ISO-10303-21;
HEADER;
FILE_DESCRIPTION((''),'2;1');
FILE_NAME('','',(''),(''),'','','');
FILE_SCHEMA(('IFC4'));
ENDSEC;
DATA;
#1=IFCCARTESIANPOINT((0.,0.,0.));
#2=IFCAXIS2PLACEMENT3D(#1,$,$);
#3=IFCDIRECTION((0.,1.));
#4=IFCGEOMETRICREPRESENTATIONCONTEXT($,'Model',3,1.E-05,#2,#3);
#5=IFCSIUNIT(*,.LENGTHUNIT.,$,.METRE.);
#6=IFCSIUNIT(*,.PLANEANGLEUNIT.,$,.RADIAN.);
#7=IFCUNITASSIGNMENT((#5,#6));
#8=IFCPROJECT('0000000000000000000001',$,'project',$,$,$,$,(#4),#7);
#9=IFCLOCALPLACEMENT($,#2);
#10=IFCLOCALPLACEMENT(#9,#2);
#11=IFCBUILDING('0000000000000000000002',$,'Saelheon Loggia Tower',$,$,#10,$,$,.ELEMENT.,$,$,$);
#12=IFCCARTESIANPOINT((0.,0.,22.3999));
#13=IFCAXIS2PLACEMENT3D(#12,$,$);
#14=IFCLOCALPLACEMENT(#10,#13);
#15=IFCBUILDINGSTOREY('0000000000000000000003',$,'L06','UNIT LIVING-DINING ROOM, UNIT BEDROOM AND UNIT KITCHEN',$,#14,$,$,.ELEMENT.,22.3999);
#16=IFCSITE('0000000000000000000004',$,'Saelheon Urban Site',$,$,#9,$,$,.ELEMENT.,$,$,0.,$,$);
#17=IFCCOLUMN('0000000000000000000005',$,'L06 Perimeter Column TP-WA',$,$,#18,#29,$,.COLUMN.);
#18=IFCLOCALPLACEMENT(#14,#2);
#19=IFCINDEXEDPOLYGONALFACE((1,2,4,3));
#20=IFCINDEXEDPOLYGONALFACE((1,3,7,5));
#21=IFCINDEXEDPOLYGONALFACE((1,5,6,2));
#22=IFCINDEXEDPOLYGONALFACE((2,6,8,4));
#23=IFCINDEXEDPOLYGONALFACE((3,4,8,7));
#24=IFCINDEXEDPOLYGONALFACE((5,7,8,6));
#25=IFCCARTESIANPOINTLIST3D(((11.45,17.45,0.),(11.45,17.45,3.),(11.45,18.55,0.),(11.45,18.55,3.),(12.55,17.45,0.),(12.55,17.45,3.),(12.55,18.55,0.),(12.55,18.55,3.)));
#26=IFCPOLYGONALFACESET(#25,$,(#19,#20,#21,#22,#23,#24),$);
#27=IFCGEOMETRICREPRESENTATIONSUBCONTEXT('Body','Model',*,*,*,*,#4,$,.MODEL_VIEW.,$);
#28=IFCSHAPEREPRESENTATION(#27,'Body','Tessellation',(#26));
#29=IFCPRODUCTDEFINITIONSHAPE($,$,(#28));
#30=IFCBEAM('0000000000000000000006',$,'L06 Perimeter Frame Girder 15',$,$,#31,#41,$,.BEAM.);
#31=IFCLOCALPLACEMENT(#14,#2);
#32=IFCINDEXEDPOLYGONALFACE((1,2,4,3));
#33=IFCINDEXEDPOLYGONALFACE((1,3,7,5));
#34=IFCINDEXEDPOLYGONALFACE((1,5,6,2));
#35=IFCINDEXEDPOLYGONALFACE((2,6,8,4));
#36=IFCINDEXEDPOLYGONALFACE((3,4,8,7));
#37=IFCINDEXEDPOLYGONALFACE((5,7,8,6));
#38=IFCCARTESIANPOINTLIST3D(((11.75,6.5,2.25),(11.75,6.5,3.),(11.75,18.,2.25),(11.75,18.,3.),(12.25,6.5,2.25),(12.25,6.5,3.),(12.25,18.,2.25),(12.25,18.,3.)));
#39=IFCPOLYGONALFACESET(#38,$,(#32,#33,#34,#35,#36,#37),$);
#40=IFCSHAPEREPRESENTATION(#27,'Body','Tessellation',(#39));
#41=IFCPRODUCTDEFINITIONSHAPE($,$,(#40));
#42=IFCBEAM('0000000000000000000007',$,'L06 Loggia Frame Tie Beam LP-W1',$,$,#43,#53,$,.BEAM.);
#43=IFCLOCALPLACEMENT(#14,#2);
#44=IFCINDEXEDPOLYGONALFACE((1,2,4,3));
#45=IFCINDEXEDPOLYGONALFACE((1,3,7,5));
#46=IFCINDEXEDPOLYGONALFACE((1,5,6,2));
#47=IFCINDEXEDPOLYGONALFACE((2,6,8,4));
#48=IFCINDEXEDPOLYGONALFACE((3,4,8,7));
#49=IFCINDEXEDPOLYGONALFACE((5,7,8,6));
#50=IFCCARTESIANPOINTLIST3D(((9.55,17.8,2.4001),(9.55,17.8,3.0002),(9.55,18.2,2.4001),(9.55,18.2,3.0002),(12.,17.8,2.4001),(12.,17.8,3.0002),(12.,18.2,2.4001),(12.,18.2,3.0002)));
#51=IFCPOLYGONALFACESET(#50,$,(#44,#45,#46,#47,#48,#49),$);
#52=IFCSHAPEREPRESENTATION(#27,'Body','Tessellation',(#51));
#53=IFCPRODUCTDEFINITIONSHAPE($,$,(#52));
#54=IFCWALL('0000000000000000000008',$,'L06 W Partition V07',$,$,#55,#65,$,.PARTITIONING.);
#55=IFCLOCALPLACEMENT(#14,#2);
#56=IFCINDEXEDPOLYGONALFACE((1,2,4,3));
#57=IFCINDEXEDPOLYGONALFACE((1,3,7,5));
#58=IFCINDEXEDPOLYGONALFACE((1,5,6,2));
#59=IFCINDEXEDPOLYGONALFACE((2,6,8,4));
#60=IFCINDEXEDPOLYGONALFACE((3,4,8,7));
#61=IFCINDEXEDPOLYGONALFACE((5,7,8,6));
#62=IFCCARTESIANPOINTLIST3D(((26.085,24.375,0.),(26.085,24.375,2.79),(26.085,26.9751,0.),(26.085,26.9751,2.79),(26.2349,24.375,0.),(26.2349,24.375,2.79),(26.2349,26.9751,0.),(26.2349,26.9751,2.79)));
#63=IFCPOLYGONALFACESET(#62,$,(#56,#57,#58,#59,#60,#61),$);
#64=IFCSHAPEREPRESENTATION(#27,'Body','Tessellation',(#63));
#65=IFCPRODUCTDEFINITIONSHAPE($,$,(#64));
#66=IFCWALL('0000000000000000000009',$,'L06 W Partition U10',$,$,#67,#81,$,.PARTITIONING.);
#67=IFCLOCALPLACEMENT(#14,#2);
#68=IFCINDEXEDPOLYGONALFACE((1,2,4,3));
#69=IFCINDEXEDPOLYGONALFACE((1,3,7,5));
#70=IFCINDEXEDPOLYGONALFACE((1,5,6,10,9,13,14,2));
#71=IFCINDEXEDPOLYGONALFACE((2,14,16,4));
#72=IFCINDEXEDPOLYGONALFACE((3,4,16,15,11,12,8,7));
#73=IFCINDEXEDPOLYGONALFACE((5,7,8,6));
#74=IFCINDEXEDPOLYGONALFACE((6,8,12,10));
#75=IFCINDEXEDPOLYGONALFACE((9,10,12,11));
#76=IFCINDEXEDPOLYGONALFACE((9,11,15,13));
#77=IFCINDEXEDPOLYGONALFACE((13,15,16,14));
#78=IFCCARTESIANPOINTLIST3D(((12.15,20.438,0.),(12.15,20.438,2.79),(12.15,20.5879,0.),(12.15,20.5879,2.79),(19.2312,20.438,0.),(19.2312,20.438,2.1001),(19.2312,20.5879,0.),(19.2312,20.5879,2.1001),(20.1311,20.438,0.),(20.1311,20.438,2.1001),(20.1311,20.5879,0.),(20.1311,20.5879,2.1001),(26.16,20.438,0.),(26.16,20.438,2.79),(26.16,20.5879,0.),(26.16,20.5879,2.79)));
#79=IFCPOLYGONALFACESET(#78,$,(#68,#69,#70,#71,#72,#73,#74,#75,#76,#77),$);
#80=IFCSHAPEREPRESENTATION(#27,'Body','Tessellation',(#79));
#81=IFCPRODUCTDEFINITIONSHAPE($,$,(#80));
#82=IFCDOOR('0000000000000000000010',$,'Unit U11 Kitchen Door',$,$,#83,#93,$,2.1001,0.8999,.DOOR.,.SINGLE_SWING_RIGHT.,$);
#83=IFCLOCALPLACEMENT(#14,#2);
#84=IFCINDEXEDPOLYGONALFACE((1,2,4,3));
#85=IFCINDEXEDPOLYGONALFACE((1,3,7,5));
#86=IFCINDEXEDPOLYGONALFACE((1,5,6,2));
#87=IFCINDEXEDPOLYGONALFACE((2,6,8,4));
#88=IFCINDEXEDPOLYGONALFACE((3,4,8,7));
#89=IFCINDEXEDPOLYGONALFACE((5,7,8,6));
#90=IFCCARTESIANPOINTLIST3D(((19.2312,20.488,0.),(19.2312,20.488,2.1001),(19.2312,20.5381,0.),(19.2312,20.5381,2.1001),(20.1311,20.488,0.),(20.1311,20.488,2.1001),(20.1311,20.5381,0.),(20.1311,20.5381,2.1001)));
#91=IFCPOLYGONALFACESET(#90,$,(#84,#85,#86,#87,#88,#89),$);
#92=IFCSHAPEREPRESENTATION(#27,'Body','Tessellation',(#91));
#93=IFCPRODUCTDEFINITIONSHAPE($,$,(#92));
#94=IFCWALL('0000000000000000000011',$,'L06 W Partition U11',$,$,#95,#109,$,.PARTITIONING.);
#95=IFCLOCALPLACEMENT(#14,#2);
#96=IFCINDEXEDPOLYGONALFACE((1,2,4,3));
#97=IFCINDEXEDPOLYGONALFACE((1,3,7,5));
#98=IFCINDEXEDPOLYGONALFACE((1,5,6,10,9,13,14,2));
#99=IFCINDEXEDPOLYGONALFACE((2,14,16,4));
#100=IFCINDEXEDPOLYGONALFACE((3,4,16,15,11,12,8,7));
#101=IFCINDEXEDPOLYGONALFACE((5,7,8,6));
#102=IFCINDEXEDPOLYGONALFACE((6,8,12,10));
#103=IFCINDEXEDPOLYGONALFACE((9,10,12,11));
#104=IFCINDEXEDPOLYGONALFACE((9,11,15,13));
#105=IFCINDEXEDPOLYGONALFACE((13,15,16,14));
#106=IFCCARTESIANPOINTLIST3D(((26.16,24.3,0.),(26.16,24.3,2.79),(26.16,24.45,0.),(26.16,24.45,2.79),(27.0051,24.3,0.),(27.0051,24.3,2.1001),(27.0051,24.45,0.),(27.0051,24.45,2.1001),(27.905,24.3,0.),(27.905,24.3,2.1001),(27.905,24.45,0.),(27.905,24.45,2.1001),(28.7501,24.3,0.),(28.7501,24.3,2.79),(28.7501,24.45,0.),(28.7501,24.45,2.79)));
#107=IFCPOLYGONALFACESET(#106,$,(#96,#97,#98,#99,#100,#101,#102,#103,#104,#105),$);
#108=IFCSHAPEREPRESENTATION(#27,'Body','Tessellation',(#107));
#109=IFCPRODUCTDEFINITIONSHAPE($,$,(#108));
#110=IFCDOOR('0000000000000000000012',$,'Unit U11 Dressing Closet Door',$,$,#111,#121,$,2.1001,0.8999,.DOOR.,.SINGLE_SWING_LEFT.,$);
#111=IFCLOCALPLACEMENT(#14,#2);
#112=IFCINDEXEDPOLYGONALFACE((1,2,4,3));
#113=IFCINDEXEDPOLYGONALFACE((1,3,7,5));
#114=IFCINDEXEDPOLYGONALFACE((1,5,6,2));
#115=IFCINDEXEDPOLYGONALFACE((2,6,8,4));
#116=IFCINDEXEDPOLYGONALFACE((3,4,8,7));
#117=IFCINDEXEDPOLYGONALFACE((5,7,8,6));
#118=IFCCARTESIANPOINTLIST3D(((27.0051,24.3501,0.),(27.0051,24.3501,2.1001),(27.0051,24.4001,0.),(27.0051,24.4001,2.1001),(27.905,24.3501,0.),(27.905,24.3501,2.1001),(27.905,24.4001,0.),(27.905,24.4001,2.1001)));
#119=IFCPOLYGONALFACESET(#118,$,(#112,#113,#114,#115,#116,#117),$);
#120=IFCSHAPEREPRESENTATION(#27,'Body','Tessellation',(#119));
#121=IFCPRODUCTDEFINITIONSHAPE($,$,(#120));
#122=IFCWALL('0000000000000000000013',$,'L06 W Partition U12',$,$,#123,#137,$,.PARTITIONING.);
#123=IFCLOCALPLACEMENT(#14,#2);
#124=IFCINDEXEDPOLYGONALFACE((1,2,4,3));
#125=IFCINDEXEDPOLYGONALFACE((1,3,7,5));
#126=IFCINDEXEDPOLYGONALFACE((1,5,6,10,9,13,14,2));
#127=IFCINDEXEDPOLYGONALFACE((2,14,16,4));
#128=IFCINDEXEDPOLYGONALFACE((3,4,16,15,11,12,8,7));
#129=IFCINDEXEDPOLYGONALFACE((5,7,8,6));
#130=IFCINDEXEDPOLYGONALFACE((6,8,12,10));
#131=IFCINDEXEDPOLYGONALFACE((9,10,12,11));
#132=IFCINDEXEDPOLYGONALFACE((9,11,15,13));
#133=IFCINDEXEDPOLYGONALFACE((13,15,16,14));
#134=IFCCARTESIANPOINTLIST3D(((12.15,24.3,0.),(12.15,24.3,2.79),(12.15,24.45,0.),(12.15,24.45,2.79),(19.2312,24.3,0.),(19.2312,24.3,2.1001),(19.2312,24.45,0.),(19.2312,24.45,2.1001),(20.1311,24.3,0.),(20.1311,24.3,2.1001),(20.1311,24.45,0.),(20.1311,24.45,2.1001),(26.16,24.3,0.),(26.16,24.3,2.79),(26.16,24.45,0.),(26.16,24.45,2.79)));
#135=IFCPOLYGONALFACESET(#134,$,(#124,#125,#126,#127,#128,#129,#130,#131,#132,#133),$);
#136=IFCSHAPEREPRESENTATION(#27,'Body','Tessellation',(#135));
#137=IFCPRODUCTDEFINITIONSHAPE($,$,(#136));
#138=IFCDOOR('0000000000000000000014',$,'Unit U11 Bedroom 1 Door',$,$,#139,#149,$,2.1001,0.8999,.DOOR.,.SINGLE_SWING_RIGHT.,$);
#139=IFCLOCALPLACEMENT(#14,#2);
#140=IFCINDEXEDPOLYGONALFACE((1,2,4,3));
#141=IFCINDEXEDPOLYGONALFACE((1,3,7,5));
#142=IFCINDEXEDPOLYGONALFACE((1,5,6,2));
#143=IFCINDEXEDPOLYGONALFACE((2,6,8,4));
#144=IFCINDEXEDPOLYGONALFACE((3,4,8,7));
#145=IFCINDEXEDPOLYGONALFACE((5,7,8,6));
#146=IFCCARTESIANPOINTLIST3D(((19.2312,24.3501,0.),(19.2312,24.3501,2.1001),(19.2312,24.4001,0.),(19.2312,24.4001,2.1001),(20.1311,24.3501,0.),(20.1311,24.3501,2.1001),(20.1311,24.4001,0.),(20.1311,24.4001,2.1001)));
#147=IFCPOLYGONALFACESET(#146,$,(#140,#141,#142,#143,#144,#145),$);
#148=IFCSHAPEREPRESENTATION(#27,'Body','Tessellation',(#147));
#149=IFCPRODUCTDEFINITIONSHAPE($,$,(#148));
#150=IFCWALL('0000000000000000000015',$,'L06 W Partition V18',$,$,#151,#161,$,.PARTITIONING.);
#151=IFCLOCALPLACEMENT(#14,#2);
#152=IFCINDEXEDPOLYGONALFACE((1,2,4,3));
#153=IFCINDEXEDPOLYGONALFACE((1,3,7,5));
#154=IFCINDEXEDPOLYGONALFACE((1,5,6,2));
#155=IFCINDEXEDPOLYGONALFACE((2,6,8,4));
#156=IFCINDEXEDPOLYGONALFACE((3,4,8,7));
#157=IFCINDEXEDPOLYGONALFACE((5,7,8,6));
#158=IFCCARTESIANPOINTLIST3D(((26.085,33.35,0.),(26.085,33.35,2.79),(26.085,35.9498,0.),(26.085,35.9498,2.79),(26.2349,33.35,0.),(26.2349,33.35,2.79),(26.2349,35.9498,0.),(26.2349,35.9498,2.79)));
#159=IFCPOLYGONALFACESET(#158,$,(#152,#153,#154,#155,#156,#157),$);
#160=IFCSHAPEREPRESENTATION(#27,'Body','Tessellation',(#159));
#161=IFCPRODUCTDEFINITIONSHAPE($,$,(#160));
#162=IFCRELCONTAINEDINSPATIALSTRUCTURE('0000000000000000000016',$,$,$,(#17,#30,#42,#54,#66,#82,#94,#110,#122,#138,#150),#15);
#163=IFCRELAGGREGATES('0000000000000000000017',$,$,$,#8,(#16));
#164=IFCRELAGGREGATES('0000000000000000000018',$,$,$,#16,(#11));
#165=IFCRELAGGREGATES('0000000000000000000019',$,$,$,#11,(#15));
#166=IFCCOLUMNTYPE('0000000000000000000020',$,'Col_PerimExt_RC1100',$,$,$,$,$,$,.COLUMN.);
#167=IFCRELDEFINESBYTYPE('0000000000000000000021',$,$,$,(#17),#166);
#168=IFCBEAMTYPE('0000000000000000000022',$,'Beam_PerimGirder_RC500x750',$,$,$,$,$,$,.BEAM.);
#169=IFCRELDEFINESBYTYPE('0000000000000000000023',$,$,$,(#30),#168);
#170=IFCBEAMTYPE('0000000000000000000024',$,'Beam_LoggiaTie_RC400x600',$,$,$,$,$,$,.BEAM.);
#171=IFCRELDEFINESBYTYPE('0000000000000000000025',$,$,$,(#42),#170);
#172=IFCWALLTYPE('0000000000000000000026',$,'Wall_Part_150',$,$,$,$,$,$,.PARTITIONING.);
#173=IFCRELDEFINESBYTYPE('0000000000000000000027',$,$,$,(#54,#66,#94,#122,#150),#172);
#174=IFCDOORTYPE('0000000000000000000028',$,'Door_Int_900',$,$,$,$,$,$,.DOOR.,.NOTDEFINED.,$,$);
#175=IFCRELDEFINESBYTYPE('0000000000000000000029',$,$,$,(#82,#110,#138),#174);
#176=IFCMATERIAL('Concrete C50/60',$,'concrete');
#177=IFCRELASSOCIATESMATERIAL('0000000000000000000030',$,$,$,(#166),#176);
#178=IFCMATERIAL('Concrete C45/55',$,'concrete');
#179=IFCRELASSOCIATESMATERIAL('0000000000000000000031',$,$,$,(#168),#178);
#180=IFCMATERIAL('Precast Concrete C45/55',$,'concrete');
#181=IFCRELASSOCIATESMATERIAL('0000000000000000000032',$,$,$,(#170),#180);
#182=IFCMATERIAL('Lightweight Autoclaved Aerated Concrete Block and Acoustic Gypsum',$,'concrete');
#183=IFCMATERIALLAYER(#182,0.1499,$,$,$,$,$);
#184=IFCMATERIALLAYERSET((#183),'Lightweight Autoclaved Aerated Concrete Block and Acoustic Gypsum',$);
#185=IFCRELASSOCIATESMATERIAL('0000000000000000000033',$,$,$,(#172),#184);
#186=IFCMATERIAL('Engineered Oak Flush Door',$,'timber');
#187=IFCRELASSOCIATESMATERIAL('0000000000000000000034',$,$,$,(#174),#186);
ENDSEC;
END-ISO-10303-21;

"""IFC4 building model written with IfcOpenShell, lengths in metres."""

from ifc_helpers import new_model, si_unit, direction, frame, frame_2d, origin, origin_2d, place, context, subcontext, project, spatial, rectangle, extrude, source, transform, mapped, material, layer, layer_set, material_profile, profile_set, type_object, element, fill, save


model = new_model("IFC4")

# Units and contexts
model_context = context("Model", 3, precision=1e-05, world=origin(), true_north=direction((0.0, 1.0)))
body_context = subcontext(model_context, "Body", "Model", "MODEL_VIEW")
ifc_project = project(units=[si_unit("LENGTHUNIT", "METRE"), si_unit("PLANEANGLEUNIT", "RADIAN")], contexts=[model_context])

# Site, building, storey
site_placement = place(None, origin())
site = spatial("IfcSite", under=ifc_project, at=site_placement, Name="Saelheon Urban Site", CompositionType="ELEMENT", RefElevation=0.0)
building_placement = place(site_placement, origin())
building = spatial("IfcBuilding", under=site, at=building_placement, Name="Saelheon Loggia Tower", CompositionType="ELEMENT")
storey_placement = place(building_placement, frame((0.0, 0.0, 22.3999)))
storey = spatial("IfcBuildingStorey", under=building, at=storey_placement, Name="L06", Description="UNIT LIVING-DINING ROOM, UNIT BEDROOM AND UNIT KITCHEN", CompositionType="ELEMENT", Elevation=22.3999)

# Column
ifc_material_1 = material(Name="Concrete C50/60", Category="concrete")
ifc_material_profile_1 = material_profile(ifc_material_1, rectangle(XDim=1.1001, YDim=1.1001, at=origin_2d()), Name="RC-1100x1100")
ifc_profile_set_1 = profile_set([ifc_material_profile_1], Name="Concrete C50/60")
column_type = type_object("IfcColumnType", Name="Col_PerimExt_RC1100", PredefinedType="COLUMN", material=ifc_profile_set_1)
shared_shape_1 = source(origin(), body_context, "Body", "SweptSolid", [
    extrude(rectangle(XDim=1.1001, YDim=1.1001, at=origin_2d()), origin(), (0.0, 0.0, 1.0), 3.0),
])
column_placement = place(storey_placement, frame((12.0, 18.0, 0.0), z_axis=(0.0, 0.0, 1.0), x_axis=(1.0, 0.0, 0.0)))
element("IfcColumn", 1, at=column_placement, inside=storey, type_object=column_type, Name="L06 Perimeter Column TP-WA", PredefinedType="COLUMN", context=body_context, shape_type="MappedRepresentation", body=[
    mapped(shared_shape_1, transform((0.0, 0.0, 0.0), scale=1.0)),
])

# Beams
ifc_material_2 = material(Name="Concrete C45/55", Category="concrete")
ifc_material_profile_2 = material_profile(ifc_material_2, rectangle(XDim=0.5, YDim=0.75, at=origin_2d()), Name="RC-500x750")
ifc_profile_set_2 = profile_set([ifc_material_profile_2], Name="Concrete C45/55")
beam_type_1 = type_object("IfcBeamType", Name="Beam_PerimGirder_RC500x750", PredefinedType="BEAM", material=ifc_profile_set_2)
shared_shape_2 = source(origin(), body_context, "Body", "SweptSolid", [
    extrude(rectangle(XDim=0.5, YDim=0.75, at=origin_2d()), origin(), (0.0, 0.0, 1.0), 11.5),
])
beam_1_placement = place(storey_placement, frame((12.0, 18.0, 2.625), z_axis=(0.0, -1.0, 0.0), x_axis=(1.0, 0.0, 0.0)))
element("IfcBeam", 2, at=beam_1_placement, inside=storey, type_object=beam_type_1, Name="L06 Perimeter Frame Girder 15", PredefinedType="BEAM", context=body_context, shape_type="MappedRepresentation", body=[
    mapped(shared_shape_2, transform((0.0, 0.0, 0.0), scale=1.0)),
])
ifc_material_3 = material(Name="Precast Concrete C45/55", Category="concrete")
ifc_material_profile_3 = material_profile(ifc_material_3, rectangle(XDim=0.3999, YDim=0.6001, at=origin_2d()), Name="RC-400x600")
ifc_profile_set_3 = profile_set([ifc_material_profile_3], Name="Precast Concrete C45/55")
beam_type_2 = type_object("IfcBeamType", Name="Beam_LoggiaTie_RC400x600", PredefinedType="BEAM", material=ifc_profile_set_3)
shared_shape_3 = source(origin(), body_context, "Body", "SweptSolid", [
    extrude(rectangle(XDim=0.3999, YDim=0.6001, at=origin_2d()), origin(), (0.0, 0.0, 1.0), 2.45),
])
beam_2_placement = place(storey_placement, frame((12.0, 18.0, 2.7002), z_axis=(-1.0, 0.0, 0.0), x_axis=(0.0, -1.0, 0.0)))
element("IfcBeam", 3, at=beam_2_placement, inside=storey, type_object=beam_type_2, Name="L06 Loggia Frame Tie Beam LP-W1", PredefinedType="BEAM", context=body_context, shape_type="MappedRepresentation", body=[
    mapped(shared_shape_3, transform((0.0, 0.0, 0.0), scale=1.0)),
])

# Wall
ifc_material_4 = material(Name="Lightweight Autoclaved Aerated Concrete Block and Acoustic Gypsum", Category="concrete")
ifc_layer_1 = layer(ifc_material_4, 0.1499)
ifc_layer_set_1 = layer_set([ifc_layer_1], Name="Lightweight Autoclaved Aerated Concrete Block and Acoustic Gypsum")
wall_type_1 = type_object("IfcWallType", Name="Wall_Part_150", PredefinedType="PARTITIONING", material=ifc_layer_set_1)
wall_1_placement = place(storey_placement, frame((26.1599, 24.375, 0.0), z_axis=(0.0, 0.0, 1.0), x_axis=(0.0, 1.0, 0.0)))
element("IfcWall", 4, at=wall_1_placement, inside=storey, type_object=wall_type_1, Name="L06 W Partition V07", PredefinedType="PARTITIONING", context=body_context, shape_type="SweptSolid", body=[
    extrude(rectangle(XDim=2.6001, YDim=0.1499, at=frame_2d((1.3, 0.0))), origin(), (0.0, 0.0, 1.0), 2.79),
])

# Walls, openings, doors
wall_2_placement = place(storey_placement, frame((26.1599, 20.5129, 0.0), z_axis=(0.0, 0.0, 1.0), x_axis=(-1.0, 0.0, 0.0)))
wall_2 = element("IfcWall", 5, at=wall_2_placement, inside=storey, type_object=wall_type_1, Name="L06 W Partition U10", PredefinedType="PARTITIONING", context=body_context, shape_type="SweptSolid", body=[
    extrude(rectangle(XDim=14.01, YDim=0.1499, at=frame_2d((7.0049, 0.0))), origin(), (0.0, 0.0, 1.0), 2.79),
])
opening_1_placement = place(wall_2_placement, frame((6.0288, 0.0, 0.0)))
opening_1 = element("IfcOpeningElement", 6, at=opening_1_placement, cuts=wall_2, PredefinedType="OPENING", context=body_context, shape_type="SweptSolid", body=[
    extrude(rectangle(XDim=0.8999, YDim=2.1001, at=frame_2d((0.45, 1.05))), frame((0.0, 0.0869, 0.0), z_axis=(0.0, -1.0, 0.0), x_axis=(1.0, 0.0, 0.0)), (0.0, 0.0, 1.0), 0.1738),
])
ifc_material_5 = material(Name="Engineered Oak Flush Door", Category="timber")
door_type_1 = type_object("IfcDoorType", Name="Door_Int_900", OperationType="NOTDEFINED", PredefinedType="DOOR", material=ifc_material_5)
shared_shape_4 = source(origin(), body_context, "Body", "SweptSolid", [
    extrude(rectangle(XDim=0.8999, YDim=2.1001, at=frame_2d((0.45, 1.05))), frame((0.0, 0.0249, 0.0), z_axis=(0.0, -1.0, 0.0), x_axis=(1.0, 0.0, 0.0)), (0.0, 0.0, 1.0), 0.05),
])
door_1_placement = place(opening_1_placement, origin())
door_1 = element("IfcDoor", 7, at=door_1_placement, inside=storey, type_object=door_type_1, Name="Unit U11 Kitchen Door", OperationType="SINGLE_SWING_RIGHT", OverallHeight=2.1001, OverallWidth=0.8999, PredefinedType="DOOR", context=body_context, shape_type="MappedRepresentation", body=[
    mapped(shared_shape_4, transform((0.0, 0.0, 0.0), scale=1.0)),
])
fill(opening_1, door_1)
wall_3_placement = place(storey_placement, frame((28.75, 24.375, 0.0), z_axis=(0.0, 0.0, 1.0), x_axis=(-1.0, 0.0, 0.0)))
wall_3 = element("IfcWall", 8, at=wall_3_placement, inside=storey, type_object=wall_type_1, Name="L06 W Partition U11", PredefinedType="PARTITIONING", context=body_context, shape_type="SweptSolid", body=[
    extrude(rectangle(XDim=2.5901, YDim=0.1499, at=frame_2d((1.2949, 0.0))), origin(), (0.0, 0.0, 1.0), 2.79),
])
opening_2_placement = place(wall_3_placement, frame((0.845, 0.0, 0.0)))
opening_2 = element("IfcOpeningElement", 9, at=opening_2_placement, cuts=wall_3, PredefinedType="OPENING", context=body_context, shape_type="SweptSolid", body=[
    extrude(rectangle(XDim=0.8999, YDim=2.1001, at=frame_2d((0.45, 1.05))), frame((0.0, 0.0869, 0.0), z_axis=(0.0, -1.0, 0.0), x_axis=(1.0, 0.0, 0.0)), (0.0, 0.0, 1.0), 0.1738),
])
door_2_placement = place(opening_2_placement, origin())
door_2 = element("IfcDoor", 10, at=door_2_placement, inside=storey, type_object=door_type_1, Name="Unit U11 Dressing Closet Door", OperationType="SINGLE_SWING_LEFT", OverallHeight=2.1001, OverallWidth=0.8999, PredefinedType="DOOR", context=body_context, shape_type="MappedRepresentation", body=[
    mapped(shared_shape_4, transform((0.0, 0.0, 0.0), scale=1.0)),
])
fill(opening_2, door_2)
wall_4_placement = place(storey_placement, frame((26.1599, 24.375, 0.0), z_axis=(0.0, 0.0, 1.0), x_axis=(-1.0, 0.0, 0.0)))
wall_4 = element("IfcWall", 11, at=wall_4_placement, inside=storey, type_object=wall_type_1, Name="L06 W Partition U12", PredefinedType="PARTITIONING", context=body_context, shape_type="SweptSolid", body=[
    extrude(rectangle(XDim=14.01, YDim=0.1499, at=frame_2d((7.0049, 0.0))), origin(), (0.0, 0.0, 1.0), 2.79),
])
opening_3_placement = place(wall_4_placement, frame((6.0288, 0.0, 0.0)))
opening_3 = element("IfcOpeningElement", 12, at=opening_3_placement, cuts=wall_4, PredefinedType="OPENING", context=body_context, shape_type="SweptSolid", body=[
    extrude(rectangle(XDim=0.8999, YDim=2.1001, at=frame_2d((0.45, 1.05))), frame((0.0, 0.0869, 0.0), z_axis=(0.0, -1.0, 0.0), x_axis=(1.0, 0.0, 0.0)), (0.0, 0.0, 1.0), 0.1738),
])
door_3_placement = place(opening_3_placement, origin())
door_3 = element("IfcDoor", 13, at=door_3_placement, inside=storey, type_object=door_type_1, Name="Unit U11 Bedroom 1 Door", OperationType="SINGLE_SWING_RIGHT", OverallHeight=2.1001, OverallWidth=0.8999, PredefinedType="DOOR", context=body_context, shape_type="MappedRepresentation", body=[
    mapped(shared_shape_4, transform((0.0, 0.0, 0.0), scale=1.0)),
])
fill(opening_3, door_3)

# Wall
wall_5_placement = place(storey_placement, frame((26.1599, 33.3501, 0.0), z_axis=(0.0, 0.0, 1.0), x_axis=(0.0, 1.0, 0.0)))
element("IfcWall", 14, at=wall_5_placement, inside=storey, type_object=wall_type_1, Name="L06 W Partition V18", PredefinedType="PARTITIONING", context=body_context, shape_type="SweptSolid", body=[
    extrude(rectangle(XDim=2.5999, YDim=0.1499, at=frame_2d((1.2998, 0.0))), origin(), (0.0, 0.0, 1.0), 2.79),
])

save(model, "model.ifc")
